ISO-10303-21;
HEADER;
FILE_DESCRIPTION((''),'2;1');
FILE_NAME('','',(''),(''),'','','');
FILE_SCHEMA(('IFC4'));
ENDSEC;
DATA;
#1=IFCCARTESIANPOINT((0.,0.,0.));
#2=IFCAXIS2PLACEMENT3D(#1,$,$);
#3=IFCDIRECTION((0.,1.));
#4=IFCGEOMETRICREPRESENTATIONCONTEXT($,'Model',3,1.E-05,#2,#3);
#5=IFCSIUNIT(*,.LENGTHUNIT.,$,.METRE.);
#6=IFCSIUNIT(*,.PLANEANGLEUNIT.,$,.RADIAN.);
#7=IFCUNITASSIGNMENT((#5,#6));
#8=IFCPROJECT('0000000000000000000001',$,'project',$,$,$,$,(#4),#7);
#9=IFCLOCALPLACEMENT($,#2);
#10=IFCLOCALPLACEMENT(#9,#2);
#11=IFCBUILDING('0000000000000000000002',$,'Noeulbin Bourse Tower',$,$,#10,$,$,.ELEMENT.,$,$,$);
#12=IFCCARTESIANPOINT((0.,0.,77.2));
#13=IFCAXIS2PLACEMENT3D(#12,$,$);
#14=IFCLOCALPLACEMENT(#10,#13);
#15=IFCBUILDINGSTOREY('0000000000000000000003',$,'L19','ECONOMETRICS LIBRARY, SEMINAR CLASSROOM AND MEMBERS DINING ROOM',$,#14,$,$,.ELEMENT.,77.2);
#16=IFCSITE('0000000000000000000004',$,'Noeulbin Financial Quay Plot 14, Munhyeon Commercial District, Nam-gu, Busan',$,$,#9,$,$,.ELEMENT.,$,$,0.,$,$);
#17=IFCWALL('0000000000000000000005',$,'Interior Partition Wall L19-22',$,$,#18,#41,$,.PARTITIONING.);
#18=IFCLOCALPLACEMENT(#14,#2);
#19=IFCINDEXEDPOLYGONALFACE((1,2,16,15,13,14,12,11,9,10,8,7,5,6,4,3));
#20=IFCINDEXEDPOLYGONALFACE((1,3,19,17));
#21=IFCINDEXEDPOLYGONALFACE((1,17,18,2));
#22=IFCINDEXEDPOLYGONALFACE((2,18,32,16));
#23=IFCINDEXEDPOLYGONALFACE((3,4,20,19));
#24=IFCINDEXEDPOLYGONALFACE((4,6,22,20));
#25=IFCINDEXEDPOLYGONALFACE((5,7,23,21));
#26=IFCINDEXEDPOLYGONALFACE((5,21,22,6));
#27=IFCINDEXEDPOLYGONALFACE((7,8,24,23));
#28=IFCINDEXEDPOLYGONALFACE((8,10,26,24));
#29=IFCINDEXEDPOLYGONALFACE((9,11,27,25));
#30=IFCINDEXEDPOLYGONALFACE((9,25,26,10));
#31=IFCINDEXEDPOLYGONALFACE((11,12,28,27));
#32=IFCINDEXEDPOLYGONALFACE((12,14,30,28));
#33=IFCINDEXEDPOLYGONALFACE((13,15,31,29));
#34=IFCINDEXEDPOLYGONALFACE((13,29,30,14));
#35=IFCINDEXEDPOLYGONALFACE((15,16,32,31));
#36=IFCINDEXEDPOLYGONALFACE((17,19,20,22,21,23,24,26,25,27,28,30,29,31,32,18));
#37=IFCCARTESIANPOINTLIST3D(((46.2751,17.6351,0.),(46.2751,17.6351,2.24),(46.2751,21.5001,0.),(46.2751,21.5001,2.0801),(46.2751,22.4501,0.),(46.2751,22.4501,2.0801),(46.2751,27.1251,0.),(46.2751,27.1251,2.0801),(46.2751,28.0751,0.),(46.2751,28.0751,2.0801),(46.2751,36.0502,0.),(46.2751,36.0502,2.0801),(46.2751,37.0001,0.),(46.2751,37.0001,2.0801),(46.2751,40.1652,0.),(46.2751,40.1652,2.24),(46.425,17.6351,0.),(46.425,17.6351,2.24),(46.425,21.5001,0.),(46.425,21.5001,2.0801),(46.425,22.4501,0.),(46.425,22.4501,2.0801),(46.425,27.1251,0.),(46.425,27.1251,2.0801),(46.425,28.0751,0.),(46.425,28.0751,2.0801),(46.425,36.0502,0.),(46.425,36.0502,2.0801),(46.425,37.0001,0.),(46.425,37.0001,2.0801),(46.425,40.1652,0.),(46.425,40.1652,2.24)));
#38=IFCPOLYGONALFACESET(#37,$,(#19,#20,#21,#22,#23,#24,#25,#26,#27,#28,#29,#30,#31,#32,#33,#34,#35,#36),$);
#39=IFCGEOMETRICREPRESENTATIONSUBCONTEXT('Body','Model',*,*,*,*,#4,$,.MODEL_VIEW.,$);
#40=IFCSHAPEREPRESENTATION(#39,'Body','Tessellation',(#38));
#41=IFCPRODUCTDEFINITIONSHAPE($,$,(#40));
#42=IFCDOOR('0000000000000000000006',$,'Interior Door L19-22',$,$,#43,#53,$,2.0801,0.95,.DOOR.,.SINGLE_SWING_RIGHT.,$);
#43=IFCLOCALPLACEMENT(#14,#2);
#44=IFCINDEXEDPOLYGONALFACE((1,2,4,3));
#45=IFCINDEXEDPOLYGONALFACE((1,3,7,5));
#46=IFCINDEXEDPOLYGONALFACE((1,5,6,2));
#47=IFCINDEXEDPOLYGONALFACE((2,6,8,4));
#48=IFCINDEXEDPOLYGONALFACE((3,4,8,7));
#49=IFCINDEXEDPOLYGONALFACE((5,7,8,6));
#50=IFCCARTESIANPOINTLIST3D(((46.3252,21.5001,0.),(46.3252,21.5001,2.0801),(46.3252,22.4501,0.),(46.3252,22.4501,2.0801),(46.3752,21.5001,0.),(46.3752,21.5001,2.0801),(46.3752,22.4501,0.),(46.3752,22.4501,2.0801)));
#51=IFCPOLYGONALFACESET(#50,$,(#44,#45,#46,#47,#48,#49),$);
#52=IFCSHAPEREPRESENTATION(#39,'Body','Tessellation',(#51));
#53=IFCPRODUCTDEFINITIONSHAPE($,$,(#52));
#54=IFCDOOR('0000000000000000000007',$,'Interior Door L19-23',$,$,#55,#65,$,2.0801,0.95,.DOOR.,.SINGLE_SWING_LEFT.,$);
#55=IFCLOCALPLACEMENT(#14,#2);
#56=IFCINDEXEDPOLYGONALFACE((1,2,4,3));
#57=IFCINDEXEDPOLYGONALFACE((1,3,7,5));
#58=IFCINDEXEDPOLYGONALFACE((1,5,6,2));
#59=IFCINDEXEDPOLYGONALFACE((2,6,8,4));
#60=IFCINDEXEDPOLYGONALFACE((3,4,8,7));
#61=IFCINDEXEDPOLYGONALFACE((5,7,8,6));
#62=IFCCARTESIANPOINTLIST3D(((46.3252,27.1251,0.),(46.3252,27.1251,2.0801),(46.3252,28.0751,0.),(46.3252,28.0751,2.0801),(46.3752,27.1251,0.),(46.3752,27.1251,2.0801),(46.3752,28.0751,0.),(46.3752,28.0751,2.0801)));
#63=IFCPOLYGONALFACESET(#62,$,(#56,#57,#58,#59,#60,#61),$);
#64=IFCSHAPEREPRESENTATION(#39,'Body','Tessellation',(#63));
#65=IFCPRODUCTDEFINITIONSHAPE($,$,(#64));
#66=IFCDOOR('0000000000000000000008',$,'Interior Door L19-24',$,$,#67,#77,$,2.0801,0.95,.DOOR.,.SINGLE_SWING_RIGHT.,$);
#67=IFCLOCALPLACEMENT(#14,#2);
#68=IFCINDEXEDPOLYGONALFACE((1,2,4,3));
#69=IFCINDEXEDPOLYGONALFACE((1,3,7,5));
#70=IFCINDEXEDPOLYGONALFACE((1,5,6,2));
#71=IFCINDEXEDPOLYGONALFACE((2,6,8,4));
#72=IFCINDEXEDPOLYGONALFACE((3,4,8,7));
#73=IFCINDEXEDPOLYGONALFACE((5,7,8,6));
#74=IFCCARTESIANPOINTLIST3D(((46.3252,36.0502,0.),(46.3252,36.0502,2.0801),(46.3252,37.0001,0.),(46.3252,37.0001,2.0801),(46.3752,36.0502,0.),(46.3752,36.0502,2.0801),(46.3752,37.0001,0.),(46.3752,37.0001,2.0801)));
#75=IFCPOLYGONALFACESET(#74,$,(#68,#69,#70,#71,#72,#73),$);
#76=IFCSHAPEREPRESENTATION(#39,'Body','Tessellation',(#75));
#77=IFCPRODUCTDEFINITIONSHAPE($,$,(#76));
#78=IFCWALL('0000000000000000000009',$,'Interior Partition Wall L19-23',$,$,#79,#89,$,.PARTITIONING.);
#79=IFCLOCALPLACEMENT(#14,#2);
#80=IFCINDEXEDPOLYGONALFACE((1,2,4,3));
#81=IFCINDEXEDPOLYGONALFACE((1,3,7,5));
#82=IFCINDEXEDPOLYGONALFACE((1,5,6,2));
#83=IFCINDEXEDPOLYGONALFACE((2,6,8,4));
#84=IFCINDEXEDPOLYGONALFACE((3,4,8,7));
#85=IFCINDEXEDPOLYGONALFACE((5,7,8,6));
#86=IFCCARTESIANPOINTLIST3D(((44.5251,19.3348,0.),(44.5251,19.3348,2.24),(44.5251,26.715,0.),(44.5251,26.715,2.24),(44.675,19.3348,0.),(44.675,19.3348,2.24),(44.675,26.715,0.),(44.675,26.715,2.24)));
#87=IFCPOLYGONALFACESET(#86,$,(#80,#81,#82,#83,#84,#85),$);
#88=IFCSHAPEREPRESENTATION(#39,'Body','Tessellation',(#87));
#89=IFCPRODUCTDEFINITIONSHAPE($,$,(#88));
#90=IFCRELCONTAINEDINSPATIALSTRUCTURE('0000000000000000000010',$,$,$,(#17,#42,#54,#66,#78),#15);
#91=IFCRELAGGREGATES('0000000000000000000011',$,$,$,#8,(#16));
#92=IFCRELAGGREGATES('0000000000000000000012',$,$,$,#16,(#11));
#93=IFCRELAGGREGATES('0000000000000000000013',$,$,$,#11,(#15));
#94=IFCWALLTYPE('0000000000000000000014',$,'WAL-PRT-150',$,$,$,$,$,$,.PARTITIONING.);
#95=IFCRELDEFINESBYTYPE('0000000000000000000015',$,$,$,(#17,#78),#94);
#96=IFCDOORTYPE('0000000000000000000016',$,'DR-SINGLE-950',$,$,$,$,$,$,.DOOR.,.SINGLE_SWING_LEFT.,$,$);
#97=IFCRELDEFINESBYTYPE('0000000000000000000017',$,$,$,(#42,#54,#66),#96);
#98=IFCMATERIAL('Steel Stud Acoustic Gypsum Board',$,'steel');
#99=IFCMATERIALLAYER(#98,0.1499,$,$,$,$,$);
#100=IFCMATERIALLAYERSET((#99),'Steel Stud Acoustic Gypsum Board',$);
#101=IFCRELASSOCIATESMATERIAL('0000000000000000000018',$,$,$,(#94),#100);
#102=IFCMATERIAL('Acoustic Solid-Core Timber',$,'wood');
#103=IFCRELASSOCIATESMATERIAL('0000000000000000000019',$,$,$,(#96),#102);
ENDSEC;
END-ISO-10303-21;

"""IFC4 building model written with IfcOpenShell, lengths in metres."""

from ifc_helpers import new_model, si_unit, direction, frame, frame_2d, origin, place, context, subcontext, project, spatial, rectangle, extrude, material, layer, layer_set, type_object, element, fill, save


model = new_model("IFC4")

# Units and contexts
model_context = context("Model", 3, precision=1e-05, world=origin(), true_north=direction((0.0, 1.0)))
body_context = subcontext(model_context, "Body", "Model", "MODEL_VIEW")
ifc_project = project(units=[si_unit("LENGTHUNIT", "METRE"), si_unit("PLANEANGLEUNIT", "RADIAN")], contexts=[model_context])

# Site, building, storey
site_placement = place(None, origin())
site = spatial("IfcSite", under=ifc_project, at=site_placement, Name="Noeulbin Financial Quay Plot 14, Munhyeon Commercial District, Nam-gu, Busan", CompositionType="ELEMENT", RefElevation=0.0)
building_placement = place(site_placement, origin())
building = spatial("IfcBuilding", under=site, at=building_placement, Name="Noeulbin Bourse Tower", CompositionType="ELEMENT")
storey_placement = place(building_placement, frame((0.0, 0.0, 77.2)))
storey = spatial("IfcBuildingStorey", under=building, at=storey_placement, Name="L19", Description="ECONOMETRICS LIBRARY, SEMINAR CLASSROOM AND MEMBERS DINING ROOM", CompositionType="ELEMENT", Elevation=77.2)

# Wall, openings, doors
ifc_material_1 = material(Name="Steel Stud Acoustic Gypsum Board", Category="steel")
ifc_layer_1 = layer(ifc_material_1, 0.1499)
ifc_layer_set_1 = layer_set([ifc_layer_1], Name="Steel Stud Acoustic Gypsum Board")
wall_type_1 = type_object("IfcWallType", Name="WAL-PRT-150", PredefinedType="PARTITIONING", material=ifc_layer_set_1)
wall_1_placement = place(storey_placement, frame((46.3501, 17.635, 0.0), z_axis=(0.0, 0.0, 1.0), x_axis=(0.0, 1.0, 0.0)))
wall_1 = element("IfcWall", 1, at=wall_1_placement, inside=storey, type_object=wall_type_1, Name="Interior Partition Wall L19-22", PredefinedType="PARTITIONING", context=body_context, shape_type="SweptSolid", body=[
    extrude(rectangle(XDim=22.53, YDim=0.1499, at=frame_2d((11.2651, 0.0))), origin(), (0.0, 0.0, 1.0), 2.24),
])
opening_1_placement = place(wall_1_placement, frame((3.865, 0.0, 0.0)))
opening_1 = element("IfcOpeningElement", 2, at=opening_1_placement, cuts=wall_1, PredefinedType="OPENING", context=body_context, shape_type="SweptSolid", body=[
    extrude(rectangle(XDim=0.95, YDim=2.0801, at=frame_2d((0.4751, 1.04))), frame((0.0, 0.085, 0.0), z_axis=(0.0, -1.0, 0.0), x_axis=(1.0, 0.0, 0.0)), (0.0, 0.0, 1.0), 0.1699),
])
opening_2_placement = place(wall_1_placement, frame((9.49, 0.0, 0.0)))
opening_2 = element("IfcOpeningElement", 3, at=opening_2_placement, cuts=wall_1, PredefinedType="OPENING", context=body_context, shape_type="SweptSolid", body=[
    extrude(rectangle(XDim=0.95, YDim=2.0801, at=frame_2d((0.4751, 1.04))), frame((0.0, 0.085, 0.0), z_axis=(0.0, -1.0, 0.0), x_axis=(1.0, 0.0, 0.0)), (0.0, 0.0, 1.0), 0.1699),
])
opening_3_placement = place(wall_1_placement, frame((18.415, 0.0, 0.0)))
opening_3 = element("IfcOpeningElement", 4, at=opening_3_placement, cuts=wall_1, PredefinedType="OPENING", context=body_context, shape_type="SweptSolid", body=[
    extrude(rectangle(XDim=0.95, YDim=2.0801, at=frame_2d((0.4751, 1.04))), frame((0.0, 0.085, 0.0), z_axis=(0.0, -1.0, 0.0), x_axis=(1.0, 0.0, 0.0)), (0.0, 0.0, 1.0), 0.1699),
])
ifc_material_2 = material(Name="Acoustic Solid-Core Timber", Category="wood")
door_type = type_object("IfcDoorType", Name="DR-SINGLE-950", OperationType="SINGLE_SWING_LEFT", PredefinedType="DOOR", material=ifc_material_2)
door_1_placement = place(opening_1_placement, origin())
door_1 = element("IfcDoor", 5, at=door_1_placement, inside=storey, type_object=door_type, Name="Interior Door L19-22", OperationType="SINGLE_SWING_RIGHT", OverallHeight=2.0801, OverallWidth=0.95, PredefinedType="DOOR", context=body_context, shape_type="SweptSolid", body=[
    extrude(rectangle(XDim=0.95, YDim=2.0801, at=frame_2d((0.4751, 1.04))), frame((0.0, 0.0249, 0.0), z_axis=(0.0, -1.0, 0.0), x_axis=(1.0, 0.0, 0.0)), (0.0, 0.0, 1.0), 0.05),
])
fill(opening_1, door_1)
door_2_placement = place(opening_2_placement, origin())
door_2 = element("IfcDoor", 6, at=door_2_placement, inside=storey, type_object=door_type, Name="Interior Door L19-23", OperationType="SINGLE_SWING_LEFT", OverallHeight=2.0801, OverallWidth=0.95, PredefinedType="DOOR", context=body_context, shape_type="SweptSolid", body=[
    extrude(rectangle(XDim=0.95, YDim=2.0801, at=frame_2d((0.4751, 1.04))), frame((0.0, 0.0249, 0.0), z_axis=(0.0, -1.0, 0.0), x_axis=(1.0, 0.0, 0.0)), (0.0, 0.0, 1.0), 0.05),
])
fill(opening_2, door_2)
door_3_placement = place(opening_3_placement, origin())
door_3 = element("IfcDoor", 7, at=door_3_placement, inside=storey, type_object=door_type, Name="Interior Door L19-24", OperationType="SINGLE_SWING_RIGHT", OverallHeight=2.0801, OverallWidth=0.95, PredefinedType="DOOR", context=body_context, shape_type="SweptSolid", body=[
    extrude(rectangle(XDim=0.95, YDim=2.0801, at=frame_2d((0.4751, 1.04))), frame((0.0, 0.0249, 0.0), z_axis=(0.0, -1.0, 0.0), x_axis=(1.0, 0.0, 0.0)), (0.0, 0.0, 1.0), 0.05),
])
fill(opening_3, door_3)

# Wall
wall_2_placement = place(storey_placement, frame((44.6001, 19.335, 0.0), z_axis=(0.0, 0.0, 1.0), x_axis=(0.0, 1.0, 0.0)))
element("IfcWall", 8, at=wall_2_placement, inside=storey, type_object=wall_type_1, Name="Interior Partition Wall L19-23", PredefinedType="PARTITIONING", context=body_context, shape_type="SweptSolid", body=[
    extrude(rectangle(XDim=7.3801, YDim=0.1499, at=frame_2d((3.6899, 0.0))), origin(), (0.0, 0.0, 1.0), 2.24),
])

save(model, "model.ifc")
